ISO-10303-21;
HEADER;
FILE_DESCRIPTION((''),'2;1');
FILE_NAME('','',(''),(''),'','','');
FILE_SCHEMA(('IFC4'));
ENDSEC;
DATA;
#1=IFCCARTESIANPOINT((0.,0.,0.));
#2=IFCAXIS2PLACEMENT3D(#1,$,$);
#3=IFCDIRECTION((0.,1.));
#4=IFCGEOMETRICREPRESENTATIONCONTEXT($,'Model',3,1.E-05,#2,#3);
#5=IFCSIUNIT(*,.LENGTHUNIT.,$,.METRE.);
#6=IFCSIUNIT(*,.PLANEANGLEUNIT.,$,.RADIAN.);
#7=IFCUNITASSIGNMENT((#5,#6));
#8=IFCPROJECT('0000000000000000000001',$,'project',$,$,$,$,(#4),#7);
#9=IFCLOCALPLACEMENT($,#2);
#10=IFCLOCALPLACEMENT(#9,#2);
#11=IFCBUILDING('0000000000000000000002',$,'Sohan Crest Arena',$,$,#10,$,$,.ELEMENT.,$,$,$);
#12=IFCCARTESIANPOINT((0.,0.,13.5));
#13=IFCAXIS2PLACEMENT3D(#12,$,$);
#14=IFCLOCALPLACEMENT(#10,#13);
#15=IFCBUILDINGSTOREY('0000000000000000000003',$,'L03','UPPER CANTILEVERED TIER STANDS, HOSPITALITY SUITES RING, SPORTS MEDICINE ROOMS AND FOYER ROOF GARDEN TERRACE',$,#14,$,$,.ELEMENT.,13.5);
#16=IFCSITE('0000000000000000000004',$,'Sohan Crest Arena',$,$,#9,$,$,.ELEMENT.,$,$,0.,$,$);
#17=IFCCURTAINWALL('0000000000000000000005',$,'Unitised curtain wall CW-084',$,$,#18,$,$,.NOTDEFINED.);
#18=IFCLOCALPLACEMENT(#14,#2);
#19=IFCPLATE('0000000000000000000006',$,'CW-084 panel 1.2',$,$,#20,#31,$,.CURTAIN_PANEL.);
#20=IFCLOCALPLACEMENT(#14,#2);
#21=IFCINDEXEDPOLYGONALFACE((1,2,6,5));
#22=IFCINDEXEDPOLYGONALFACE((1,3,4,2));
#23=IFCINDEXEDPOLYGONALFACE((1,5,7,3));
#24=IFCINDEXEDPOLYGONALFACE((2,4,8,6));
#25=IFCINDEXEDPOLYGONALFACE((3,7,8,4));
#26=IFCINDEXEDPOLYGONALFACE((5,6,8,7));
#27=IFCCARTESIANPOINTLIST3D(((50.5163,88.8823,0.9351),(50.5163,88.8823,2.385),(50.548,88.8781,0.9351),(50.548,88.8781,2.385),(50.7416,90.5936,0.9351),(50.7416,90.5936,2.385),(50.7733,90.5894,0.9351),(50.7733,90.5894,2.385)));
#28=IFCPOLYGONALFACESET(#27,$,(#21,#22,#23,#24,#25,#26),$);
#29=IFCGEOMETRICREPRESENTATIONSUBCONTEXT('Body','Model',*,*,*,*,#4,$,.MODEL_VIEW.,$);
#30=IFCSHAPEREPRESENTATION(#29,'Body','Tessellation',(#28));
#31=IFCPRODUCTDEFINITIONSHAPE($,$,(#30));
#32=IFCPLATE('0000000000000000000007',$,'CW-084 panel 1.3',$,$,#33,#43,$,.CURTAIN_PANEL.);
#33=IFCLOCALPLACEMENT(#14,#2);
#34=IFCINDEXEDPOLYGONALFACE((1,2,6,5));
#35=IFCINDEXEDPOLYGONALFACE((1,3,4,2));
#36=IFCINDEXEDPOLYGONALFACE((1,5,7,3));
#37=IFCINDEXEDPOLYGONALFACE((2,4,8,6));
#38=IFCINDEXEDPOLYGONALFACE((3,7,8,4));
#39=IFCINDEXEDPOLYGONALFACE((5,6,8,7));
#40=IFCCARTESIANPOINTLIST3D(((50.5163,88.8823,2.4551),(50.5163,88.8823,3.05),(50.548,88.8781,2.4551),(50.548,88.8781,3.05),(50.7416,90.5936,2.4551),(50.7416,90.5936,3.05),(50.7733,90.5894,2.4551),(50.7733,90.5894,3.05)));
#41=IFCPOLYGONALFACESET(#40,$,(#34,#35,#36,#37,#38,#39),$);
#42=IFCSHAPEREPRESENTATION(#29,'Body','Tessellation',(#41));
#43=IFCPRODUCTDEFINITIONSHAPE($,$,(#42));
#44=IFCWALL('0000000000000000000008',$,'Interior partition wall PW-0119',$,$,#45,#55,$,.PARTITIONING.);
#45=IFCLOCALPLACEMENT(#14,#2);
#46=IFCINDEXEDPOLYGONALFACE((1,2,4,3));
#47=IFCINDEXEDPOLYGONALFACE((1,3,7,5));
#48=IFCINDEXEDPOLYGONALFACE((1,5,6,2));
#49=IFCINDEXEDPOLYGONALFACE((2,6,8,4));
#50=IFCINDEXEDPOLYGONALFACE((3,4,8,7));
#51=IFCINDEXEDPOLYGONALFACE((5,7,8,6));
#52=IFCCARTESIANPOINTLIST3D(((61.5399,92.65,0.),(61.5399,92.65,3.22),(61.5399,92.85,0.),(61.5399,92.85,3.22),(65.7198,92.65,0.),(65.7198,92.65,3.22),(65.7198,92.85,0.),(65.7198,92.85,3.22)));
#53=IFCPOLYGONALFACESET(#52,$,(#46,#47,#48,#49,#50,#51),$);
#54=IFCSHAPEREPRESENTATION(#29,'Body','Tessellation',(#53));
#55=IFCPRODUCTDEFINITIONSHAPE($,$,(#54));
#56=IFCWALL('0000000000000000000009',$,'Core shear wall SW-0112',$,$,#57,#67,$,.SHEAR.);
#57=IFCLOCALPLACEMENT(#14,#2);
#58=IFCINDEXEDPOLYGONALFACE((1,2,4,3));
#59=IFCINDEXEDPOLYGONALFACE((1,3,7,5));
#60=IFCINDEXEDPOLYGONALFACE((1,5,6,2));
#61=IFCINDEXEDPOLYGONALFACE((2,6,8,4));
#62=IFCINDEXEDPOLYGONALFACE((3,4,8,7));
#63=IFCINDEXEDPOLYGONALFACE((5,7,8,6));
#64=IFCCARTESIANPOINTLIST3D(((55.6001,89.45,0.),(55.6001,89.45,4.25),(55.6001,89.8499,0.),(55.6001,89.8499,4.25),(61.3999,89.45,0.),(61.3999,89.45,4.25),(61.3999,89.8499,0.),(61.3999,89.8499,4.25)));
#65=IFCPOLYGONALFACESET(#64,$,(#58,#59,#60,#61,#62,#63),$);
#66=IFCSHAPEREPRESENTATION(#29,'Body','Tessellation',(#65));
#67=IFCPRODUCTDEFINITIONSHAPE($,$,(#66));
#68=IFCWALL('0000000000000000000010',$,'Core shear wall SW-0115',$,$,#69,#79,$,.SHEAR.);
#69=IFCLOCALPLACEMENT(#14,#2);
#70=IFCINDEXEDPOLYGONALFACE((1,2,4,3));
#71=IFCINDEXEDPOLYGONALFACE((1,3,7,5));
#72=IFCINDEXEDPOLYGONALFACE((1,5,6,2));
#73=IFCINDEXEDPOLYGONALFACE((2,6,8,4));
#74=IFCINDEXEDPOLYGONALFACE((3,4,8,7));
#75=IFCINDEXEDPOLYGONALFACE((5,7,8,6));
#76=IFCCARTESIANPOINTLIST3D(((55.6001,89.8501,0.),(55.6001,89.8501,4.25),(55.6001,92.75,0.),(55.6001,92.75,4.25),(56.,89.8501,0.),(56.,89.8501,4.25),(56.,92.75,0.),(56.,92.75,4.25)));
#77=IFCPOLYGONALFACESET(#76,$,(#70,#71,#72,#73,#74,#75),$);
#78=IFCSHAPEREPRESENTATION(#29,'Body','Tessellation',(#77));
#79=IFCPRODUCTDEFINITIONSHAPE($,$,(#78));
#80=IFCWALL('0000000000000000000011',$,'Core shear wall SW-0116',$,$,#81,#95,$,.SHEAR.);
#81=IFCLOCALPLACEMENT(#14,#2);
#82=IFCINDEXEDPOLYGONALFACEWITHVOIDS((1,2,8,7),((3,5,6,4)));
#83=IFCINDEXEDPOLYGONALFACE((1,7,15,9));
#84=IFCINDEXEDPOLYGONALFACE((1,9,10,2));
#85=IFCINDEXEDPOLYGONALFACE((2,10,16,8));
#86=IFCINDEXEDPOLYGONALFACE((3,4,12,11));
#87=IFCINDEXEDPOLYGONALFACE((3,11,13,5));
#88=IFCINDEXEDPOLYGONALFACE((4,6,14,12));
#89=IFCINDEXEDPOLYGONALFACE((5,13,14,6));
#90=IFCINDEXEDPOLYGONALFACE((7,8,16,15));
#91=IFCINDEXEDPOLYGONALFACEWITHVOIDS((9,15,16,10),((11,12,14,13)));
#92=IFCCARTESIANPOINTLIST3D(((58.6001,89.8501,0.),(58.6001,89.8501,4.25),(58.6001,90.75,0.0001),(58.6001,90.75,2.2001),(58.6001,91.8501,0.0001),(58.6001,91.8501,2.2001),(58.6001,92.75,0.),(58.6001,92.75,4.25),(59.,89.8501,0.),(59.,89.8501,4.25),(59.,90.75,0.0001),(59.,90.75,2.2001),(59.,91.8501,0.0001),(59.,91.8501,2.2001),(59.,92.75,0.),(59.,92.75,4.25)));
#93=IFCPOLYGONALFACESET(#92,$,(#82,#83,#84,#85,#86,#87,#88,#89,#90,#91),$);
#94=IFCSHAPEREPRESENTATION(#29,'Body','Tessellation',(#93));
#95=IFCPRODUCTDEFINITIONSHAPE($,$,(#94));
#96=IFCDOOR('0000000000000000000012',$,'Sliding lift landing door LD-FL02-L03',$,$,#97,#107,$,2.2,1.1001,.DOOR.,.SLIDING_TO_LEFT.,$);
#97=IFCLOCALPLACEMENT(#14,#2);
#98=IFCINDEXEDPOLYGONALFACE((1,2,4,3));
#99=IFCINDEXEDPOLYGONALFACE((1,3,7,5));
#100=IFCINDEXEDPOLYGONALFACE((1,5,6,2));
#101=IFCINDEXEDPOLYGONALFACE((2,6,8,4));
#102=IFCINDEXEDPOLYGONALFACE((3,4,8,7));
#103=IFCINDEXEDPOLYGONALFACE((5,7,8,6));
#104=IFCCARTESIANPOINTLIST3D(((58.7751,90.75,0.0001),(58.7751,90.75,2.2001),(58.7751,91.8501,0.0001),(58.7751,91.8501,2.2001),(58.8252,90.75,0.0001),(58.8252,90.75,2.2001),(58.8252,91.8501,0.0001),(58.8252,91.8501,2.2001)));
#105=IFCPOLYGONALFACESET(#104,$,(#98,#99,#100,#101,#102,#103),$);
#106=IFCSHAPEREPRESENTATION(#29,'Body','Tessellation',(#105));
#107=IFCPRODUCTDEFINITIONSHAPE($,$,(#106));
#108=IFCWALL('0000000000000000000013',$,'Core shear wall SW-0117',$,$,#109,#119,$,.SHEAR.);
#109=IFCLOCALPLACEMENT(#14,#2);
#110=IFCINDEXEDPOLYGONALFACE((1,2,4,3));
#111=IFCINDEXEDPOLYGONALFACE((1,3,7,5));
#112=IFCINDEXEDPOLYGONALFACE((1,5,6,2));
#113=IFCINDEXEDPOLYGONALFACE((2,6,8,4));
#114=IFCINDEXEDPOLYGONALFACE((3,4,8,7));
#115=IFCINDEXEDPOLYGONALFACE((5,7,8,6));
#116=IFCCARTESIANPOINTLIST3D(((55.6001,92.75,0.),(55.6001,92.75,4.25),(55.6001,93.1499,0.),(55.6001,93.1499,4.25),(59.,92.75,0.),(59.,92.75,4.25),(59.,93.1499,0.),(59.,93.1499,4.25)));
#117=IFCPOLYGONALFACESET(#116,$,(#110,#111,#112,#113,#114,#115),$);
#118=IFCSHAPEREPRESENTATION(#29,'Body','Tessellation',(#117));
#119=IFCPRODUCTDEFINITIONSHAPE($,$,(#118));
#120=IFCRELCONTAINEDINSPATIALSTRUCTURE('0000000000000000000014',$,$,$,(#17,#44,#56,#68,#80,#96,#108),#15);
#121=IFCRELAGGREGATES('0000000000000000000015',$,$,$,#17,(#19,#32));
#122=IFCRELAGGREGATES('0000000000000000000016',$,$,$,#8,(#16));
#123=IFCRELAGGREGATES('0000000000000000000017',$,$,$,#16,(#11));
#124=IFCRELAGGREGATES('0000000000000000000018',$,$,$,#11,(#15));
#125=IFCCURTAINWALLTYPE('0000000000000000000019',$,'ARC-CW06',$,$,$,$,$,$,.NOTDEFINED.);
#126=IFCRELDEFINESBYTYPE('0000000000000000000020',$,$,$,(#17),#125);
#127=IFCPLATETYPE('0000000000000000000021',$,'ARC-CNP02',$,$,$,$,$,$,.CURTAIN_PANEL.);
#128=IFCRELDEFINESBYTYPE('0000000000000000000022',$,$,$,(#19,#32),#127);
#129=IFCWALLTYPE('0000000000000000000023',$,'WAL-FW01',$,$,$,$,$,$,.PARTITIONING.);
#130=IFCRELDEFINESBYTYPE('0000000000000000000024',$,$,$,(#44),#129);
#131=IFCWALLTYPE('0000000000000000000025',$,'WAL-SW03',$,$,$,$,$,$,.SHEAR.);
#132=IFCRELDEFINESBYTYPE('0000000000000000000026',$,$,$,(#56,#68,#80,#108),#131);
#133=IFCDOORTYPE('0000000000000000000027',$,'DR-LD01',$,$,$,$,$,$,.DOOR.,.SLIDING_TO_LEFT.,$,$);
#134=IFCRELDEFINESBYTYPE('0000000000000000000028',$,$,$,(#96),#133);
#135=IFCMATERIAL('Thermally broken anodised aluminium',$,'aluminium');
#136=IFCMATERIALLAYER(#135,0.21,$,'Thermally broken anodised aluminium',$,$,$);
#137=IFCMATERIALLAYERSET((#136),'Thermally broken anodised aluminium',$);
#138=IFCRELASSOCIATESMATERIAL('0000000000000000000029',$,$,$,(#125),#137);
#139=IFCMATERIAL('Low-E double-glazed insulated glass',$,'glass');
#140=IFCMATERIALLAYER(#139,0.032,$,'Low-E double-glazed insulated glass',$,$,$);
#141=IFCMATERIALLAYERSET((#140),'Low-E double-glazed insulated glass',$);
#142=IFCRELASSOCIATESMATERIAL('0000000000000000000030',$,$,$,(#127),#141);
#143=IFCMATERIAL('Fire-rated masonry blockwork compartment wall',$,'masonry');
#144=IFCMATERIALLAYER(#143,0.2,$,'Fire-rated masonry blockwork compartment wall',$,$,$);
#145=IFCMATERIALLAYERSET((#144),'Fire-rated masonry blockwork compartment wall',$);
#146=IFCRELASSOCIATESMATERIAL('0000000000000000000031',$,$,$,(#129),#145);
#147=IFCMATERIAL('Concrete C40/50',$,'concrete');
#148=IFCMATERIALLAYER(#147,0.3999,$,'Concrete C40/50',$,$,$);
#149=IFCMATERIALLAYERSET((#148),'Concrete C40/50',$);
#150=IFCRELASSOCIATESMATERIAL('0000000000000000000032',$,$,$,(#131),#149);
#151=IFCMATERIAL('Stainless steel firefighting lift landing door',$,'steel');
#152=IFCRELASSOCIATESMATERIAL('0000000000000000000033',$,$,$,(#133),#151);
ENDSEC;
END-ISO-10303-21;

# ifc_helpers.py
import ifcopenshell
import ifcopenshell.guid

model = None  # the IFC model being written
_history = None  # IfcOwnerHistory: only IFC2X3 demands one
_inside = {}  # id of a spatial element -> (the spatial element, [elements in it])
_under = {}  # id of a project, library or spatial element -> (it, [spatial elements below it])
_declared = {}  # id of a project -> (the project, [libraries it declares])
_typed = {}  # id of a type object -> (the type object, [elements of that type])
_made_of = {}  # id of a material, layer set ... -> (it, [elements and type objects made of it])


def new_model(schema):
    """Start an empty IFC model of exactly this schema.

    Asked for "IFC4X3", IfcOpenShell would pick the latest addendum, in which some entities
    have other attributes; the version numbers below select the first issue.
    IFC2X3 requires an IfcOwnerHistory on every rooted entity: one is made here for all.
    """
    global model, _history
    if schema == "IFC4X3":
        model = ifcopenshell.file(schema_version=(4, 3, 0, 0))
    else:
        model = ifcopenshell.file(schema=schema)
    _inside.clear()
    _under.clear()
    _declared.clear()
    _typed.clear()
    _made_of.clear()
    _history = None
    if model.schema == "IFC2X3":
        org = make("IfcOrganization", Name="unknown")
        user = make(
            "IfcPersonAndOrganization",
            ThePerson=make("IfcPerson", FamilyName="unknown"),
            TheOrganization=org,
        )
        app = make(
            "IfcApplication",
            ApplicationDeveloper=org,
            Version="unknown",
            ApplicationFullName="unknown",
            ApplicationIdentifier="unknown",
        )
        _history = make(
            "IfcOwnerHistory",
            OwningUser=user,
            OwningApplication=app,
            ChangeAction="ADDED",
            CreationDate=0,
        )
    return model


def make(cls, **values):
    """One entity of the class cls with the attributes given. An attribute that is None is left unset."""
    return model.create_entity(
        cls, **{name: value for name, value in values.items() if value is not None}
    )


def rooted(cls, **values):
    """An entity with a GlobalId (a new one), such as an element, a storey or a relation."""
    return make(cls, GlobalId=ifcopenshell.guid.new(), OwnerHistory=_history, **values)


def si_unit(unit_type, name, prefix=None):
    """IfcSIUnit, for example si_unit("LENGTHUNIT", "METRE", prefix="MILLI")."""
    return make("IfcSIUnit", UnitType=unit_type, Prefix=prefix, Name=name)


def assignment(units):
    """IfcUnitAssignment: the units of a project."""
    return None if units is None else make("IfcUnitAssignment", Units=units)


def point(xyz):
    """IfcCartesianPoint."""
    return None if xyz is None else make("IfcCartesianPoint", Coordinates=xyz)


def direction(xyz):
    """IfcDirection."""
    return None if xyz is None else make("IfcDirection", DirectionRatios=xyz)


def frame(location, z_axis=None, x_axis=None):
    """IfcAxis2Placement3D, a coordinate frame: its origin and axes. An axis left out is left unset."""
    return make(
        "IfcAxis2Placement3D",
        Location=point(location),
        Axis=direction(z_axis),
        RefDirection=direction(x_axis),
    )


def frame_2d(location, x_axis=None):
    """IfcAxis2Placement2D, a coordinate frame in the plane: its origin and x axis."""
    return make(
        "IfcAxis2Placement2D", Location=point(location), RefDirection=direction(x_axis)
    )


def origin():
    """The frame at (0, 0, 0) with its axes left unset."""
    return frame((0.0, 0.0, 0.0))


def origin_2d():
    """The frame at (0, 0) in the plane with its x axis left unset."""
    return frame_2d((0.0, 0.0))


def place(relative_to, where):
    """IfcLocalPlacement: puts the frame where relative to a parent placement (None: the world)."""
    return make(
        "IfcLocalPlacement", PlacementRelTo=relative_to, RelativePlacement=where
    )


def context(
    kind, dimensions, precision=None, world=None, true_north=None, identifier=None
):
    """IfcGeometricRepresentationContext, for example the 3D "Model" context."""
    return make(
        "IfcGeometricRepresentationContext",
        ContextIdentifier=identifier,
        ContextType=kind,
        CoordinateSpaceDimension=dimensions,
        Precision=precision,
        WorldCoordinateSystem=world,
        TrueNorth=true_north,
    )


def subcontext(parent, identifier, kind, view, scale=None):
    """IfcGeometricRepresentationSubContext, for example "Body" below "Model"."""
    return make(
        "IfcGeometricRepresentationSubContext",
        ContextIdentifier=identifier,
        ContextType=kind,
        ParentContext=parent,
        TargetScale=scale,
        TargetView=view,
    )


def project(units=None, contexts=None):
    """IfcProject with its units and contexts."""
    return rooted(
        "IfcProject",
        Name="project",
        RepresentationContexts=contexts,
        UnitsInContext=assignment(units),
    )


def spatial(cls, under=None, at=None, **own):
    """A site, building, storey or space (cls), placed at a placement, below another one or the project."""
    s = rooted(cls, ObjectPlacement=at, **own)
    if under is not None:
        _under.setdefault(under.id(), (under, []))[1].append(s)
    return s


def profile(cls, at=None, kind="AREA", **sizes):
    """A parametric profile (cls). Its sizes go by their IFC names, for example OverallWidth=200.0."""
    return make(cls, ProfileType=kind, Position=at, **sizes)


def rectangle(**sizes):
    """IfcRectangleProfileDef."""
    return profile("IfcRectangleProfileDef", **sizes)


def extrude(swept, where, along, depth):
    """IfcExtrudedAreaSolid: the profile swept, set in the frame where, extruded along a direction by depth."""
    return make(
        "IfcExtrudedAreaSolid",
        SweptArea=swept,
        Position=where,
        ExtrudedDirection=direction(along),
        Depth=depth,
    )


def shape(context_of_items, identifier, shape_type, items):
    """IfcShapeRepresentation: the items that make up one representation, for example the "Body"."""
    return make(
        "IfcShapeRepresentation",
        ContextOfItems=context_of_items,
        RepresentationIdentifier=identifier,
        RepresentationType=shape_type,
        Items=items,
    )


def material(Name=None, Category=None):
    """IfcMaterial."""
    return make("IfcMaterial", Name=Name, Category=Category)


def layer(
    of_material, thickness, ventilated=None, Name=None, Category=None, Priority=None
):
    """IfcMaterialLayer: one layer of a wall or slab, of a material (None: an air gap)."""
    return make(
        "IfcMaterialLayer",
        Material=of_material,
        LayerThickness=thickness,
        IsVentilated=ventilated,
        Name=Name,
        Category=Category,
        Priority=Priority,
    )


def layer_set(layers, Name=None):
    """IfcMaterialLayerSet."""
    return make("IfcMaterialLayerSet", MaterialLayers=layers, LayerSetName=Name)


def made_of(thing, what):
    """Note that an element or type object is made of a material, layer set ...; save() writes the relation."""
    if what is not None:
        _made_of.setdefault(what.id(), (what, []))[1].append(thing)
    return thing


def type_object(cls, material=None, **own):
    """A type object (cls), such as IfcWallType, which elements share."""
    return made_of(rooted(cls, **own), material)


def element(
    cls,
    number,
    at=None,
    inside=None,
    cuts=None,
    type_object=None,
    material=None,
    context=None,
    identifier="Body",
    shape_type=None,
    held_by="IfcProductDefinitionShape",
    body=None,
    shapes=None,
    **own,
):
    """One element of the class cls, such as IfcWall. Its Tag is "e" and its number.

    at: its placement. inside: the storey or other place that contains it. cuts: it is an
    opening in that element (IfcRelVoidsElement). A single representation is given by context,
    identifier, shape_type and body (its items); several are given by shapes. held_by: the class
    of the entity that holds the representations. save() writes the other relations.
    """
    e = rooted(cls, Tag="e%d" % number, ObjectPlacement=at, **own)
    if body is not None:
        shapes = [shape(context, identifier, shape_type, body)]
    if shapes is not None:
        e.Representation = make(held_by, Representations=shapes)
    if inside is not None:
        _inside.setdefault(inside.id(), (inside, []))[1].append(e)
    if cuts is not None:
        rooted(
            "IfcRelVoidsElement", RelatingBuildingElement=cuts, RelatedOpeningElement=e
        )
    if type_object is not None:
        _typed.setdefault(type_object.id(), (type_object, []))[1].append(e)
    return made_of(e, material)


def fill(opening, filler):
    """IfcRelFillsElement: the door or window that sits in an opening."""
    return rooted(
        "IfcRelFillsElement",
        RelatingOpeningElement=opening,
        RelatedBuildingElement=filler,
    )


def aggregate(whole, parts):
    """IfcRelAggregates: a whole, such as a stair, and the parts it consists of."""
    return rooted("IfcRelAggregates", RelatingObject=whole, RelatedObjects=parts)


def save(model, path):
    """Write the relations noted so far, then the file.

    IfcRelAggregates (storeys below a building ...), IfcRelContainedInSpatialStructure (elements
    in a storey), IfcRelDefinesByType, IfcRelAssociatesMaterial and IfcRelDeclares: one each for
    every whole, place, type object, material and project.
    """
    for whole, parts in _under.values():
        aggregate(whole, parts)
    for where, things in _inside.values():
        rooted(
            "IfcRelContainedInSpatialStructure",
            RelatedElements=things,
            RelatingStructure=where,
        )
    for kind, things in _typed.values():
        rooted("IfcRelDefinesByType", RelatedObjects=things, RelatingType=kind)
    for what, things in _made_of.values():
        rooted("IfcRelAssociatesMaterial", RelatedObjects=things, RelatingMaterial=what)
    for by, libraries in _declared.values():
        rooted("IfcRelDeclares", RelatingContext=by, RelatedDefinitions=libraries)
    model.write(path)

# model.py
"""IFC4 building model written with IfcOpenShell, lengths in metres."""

from ifc_helpers import new_model, si_unit, direction, frame, frame_2d, origin, origin_2d, place, context, subcontext, project, spatial, rectangle, extrude, material, layer, layer_set, type_object, element, fill, aggregate, save


model = new_model("IFC4")

# Units and contexts
model_context = context("Model", 3, precision=1e-05, world=origin(), true_north=direction((0.0, 1.0)))
body_context = subcontext(model_context, "Body", "Model", "MODEL_VIEW")
ifc_project = project(units=[si_unit("LENGTHUNIT", "METRE"), si_unit("PLANEANGLEUNIT", "RADIAN")], contexts=[model_context])

# Site, building, storey
site_placement = place(None, origin())
site = spatial("IfcSite", under=ifc_project, at=site_placement, Name="Sohan Crest Arena", CompositionType="ELEMENT", RefElevation=0.0)
building_placement = place(site_placement, origin())
building = spatial("IfcBuilding", under=site, at=building_placement, Name="Sohan Crest Arena", CompositionType="ELEMENT")
storey_placement = place(building_placement, frame((0.0, 0.0, 13.5)))
storey = spatial("IfcBuildingStorey", under=building, at=storey_placement, Name="L03", Description="UPPER CANTILEVERED TIER STANDS, HOSPITALITY SUITES RING, SPORTS MEDICINE ROOMS AND FOYER ROOF GARDEN TERRACE", CompositionType="ELEMENT", Elevation=13.5)

# Curtain wall
ifc_material_1 = material(Name="Thermally broken anodised aluminium", Category="aluminium")
ifc_layer_1 = layer(ifc_material_1, 0.21, Name="Thermally broken anodised aluminium")
ifc_layer_set_1 = layer_set([ifc_layer_1], Name="Thermally broken anodised aluminium")
curtain_wall_type_1 = type_object("IfcCurtainWallType", Name="ARC-CW06", PredefinedType="NOTDEFINED", material=ifc_layer_set_1)
curtain_wall_1_placement = place(storey_placement, origin())
curtain_wall_1 = element("IfcCurtainWall", 1, at=curtain_wall_1_placement, inside=storey, type_object=curtain_wall_type_1, Name="Unitised curtain wall CW-084", PredefinedType="NOTDEFINED")

# Plates
ifc_material_2 = material(Name="Low-E double-glazed insulated glass", Category="glass")
ifc_layer_2 = layer(ifc_material_2, 0.032, Name="Low-E double-glazed insulated glass")
ifc_layer_set_2 = layer_set([ifc_layer_2], Name="Low-E double-glazed insulated glass")
plate_type_1 = type_object("IfcPlateType", Name="ARC-CNP02", PredefinedType="CURTAIN_PANEL", material=ifc_layer_set_2)
plate_1_placement = place(storey_placement, frame((50.6448, 89.7358, 0.9351), z_axis=(0.0, 0.0, 1.0), x_axis=(-0.130511, -0.991447, 0.0)))
plate_1 = element("IfcPlate", 2, at=plate_1_placement, type_object=plate_type_1, Name="CW-084 panel 1.2", PredefinedType="CURTAIN_PANEL", context=body_context, shape_type="SweptSolid", body=[
    extrude(rectangle(XDim=1.7261, YDim=0.032, at=origin_2d()), origin(), (0.0, 0.0, 1.0), 1.45),
])
plate_2_placement = place(storey_placement, frame((50.6448, 89.7358, 2.4551), z_axis=(0.0, 0.0, 1.0), x_axis=(-0.130511, -0.991447, 0.0)))
plate_2 = element("IfcPlate", 3, at=plate_2_placement, type_object=plate_type_1, Name="CW-084 panel 1.3", PredefinedType="CURTAIN_PANEL", context=body_context, shape_type="SweptSolid", body=[
    extrude(rectangle(XDim=1.7261, YDim=0.032, at=origin_2d()), origin(), (0.0, 0.0, 1.0), 0.595),
])
aggregate(curtain_wall_1, [plate_1, plate_2])

# Walls
ifc_material_3 = material(Name="Fire-rated masonry blockwork compartment wall", Category="masonry")
ifc_layer_3 = layer(ifc_material_3, 0.2, Name="Fire-rated masonry blockwork compartment wall")
ifc_layer_set_3 = layer_set([ifc_layer_3], Name="Fire-rated masonry blockwork compartment wall")
wall_type_1 = type_object("IfcWallType", Name="WAL-FW01", PredefinedType="PARTITIONING", material=ifc_layer_set_3)
wall_1_placement = place(storey_placement, frame((61.54, 92.75, 0.0), z_axis=(0.0, 0.0, 1.0), x_axis=(1.0, 0.0, 0.0)))
element("IfcWall", 4, at=wall_1_placement, inside=storey, type_object=wall_type_1, Name="Interior partition wall PW-0119", PredefinedType="PARTITIONING", context=body_context, shape_type="SweptSolid", body=[
    extrude(rectangle(XDim=4.1799, YDim=0.2, at=frame_2d((2.0898, 0.0))), origin(), (0.0, 0.0, 1.0), 3.22),
])
ifc_material_4 = material(Name="Concrete C40/50", Category="concrete")
ifc_layer_4 = layer(ifc_material_4, 0.3999, Name="Concrete C40/50")
ifc_layer_set_4 = layer_set([ifc_layer_4], Name="Concrete C40/50")
wall_type_2 = type_object("IfcWallType", Name="WAL-SW03", PredefinedType="SHEAR", material=ifc_layer_set_4)
wall_2_placement = place(storey_placement, frame((55.6001, 89.6499, 0.0), z_axis=(0.0, 0.0, 1.0), x_axis=(1.0, 0.0, 0.0)))
element("IfcWall", 5, at=wall_2_placement, inside=storey, type_object=wall_type_2, Name="Core shear wall SW-0112", PredefinedType="SHEAR", context=body_context, shape_type="SweptSolid", body=[
    extrude(rectangle(XDim=5.7998, YDim=0.3999, at=frame_2d((2.8999, 0.0))), origin(), (0.0, 0.0, 1.0), 4.25),
])
wall_3_placement = place(storey_placement, frame((55.8, 89.8501, 0.0), z_axis=(0.0, 0.0, 1.0), x_axis=(0.0, 1.0, 0.0)))
element("IfcWall", 6, at=wall_3_placement, inside=storey, type_object=wall_type_2, Name="Core shear wall SW-0115", PredefinedType="SHEAR", context=body_context, shape_type="SweptSolid", body=[
    extrude(rectangle(XDim=2.8999, YDim=0.3999, at=frame_2d((1.45, 0.0))), origin(), (0.0, 0.0, 1.0), 4.25),
])

# Wall, opening, door
wall_4_placement = place(storey_placement, frame((58.8, 89.8501, 0.0), z_axis=(0.0, 0.0, 1.0), x_axis=(0.0, 1.0, 0.0)))
wall_4 = element("IfcWall", 7, at=wall_4_placement, inside=storey, type_object=wall_type_2, Name="Core shear wall SW-0116", PredefinedType="SHEAR", context=body_context, shape_type="SweptSolid", body=[
    extrude(rectangle(XDim=2.8999, YDim=0.3999, at=frame_2d((1.45, 0.0))), origin(), (0.0, 0.0, 1.0), 4.25),
])
opening_placement = place(wall_4_placement, frame((0.8999, 0.0, 0.0)))
opening = element("IfcOpeningElement", 8, at=opening_placement, cuts=wall_4, PredefinedType="OPENING", context=body_context, shape_type="SweptSolid", body=[
    extrude(rectangle(XDim=1.1001, YDim=2.2, at=frame_2d((0.55, 1.1001))), frame((0.0, 0.21, 0.0), z_axis=(0.0, -1.0, 0.0), x_axis=(1.0, 0.0, 0.0)), (0.0, 0.0, 1.0), 0.4199),
])
ifc_material_5 = material(Name="Stainless steel firefighting lift landing door", Category="steel")
door_type = type_object("IfcDoorType", Name="DR-LD01", OperationType="SLIDING_TO_LEFT", PredefinedType="DOOR", material=ifc_material_5)
door_placement = place(opening_placement, origin())
door = element("IfcDoor", 9, at=door_placement, inside=storey, type_object=door_type, Name="Sliding lift landing door LD-FL02-L03", OperationType="SLIDING_TO_LEFT", OverallHeight=2.2, OverallWidth=1.1001, PredefinedType="DOOR", context=body_context, shape_type="SweptSolid", body=[
    extrude(rectangle(XDim=1.1001, YDim=2.2, at=frame_2d((0.55, 1.1001))), frame((0.0, 0.0249, 0.0), z_axis=(0.0, -1.0, 0.0), x_axis=(1.0, 0.0, 0.0)), (0.0, 0.0, 1.0), 0.05),
])
fill(opening, door)

# Wall
wall_5_placement = place(storey_placement, frame((55.6001, 92.95, 0.0), z_axis=(0.0, 0.0, 1.0), x_axis=(1.0, 0.0, 0.0)))
element("IfcWall", 10, at=wall_5_placement, inside=storey, type_object=wall_type_2, Name="Core shear wall SW-0117", PredefinedType="SHEAR", context=body_context, shape_type="SweptSolid", body=[
    extrude(rectangle(XDim=3.3999, YDim=0.3999, at=frame_2d((1.7, 0.0))), origin(), (0.0, 0.0, 1.0), 4.25),
])

save(model, "model.ifc")
